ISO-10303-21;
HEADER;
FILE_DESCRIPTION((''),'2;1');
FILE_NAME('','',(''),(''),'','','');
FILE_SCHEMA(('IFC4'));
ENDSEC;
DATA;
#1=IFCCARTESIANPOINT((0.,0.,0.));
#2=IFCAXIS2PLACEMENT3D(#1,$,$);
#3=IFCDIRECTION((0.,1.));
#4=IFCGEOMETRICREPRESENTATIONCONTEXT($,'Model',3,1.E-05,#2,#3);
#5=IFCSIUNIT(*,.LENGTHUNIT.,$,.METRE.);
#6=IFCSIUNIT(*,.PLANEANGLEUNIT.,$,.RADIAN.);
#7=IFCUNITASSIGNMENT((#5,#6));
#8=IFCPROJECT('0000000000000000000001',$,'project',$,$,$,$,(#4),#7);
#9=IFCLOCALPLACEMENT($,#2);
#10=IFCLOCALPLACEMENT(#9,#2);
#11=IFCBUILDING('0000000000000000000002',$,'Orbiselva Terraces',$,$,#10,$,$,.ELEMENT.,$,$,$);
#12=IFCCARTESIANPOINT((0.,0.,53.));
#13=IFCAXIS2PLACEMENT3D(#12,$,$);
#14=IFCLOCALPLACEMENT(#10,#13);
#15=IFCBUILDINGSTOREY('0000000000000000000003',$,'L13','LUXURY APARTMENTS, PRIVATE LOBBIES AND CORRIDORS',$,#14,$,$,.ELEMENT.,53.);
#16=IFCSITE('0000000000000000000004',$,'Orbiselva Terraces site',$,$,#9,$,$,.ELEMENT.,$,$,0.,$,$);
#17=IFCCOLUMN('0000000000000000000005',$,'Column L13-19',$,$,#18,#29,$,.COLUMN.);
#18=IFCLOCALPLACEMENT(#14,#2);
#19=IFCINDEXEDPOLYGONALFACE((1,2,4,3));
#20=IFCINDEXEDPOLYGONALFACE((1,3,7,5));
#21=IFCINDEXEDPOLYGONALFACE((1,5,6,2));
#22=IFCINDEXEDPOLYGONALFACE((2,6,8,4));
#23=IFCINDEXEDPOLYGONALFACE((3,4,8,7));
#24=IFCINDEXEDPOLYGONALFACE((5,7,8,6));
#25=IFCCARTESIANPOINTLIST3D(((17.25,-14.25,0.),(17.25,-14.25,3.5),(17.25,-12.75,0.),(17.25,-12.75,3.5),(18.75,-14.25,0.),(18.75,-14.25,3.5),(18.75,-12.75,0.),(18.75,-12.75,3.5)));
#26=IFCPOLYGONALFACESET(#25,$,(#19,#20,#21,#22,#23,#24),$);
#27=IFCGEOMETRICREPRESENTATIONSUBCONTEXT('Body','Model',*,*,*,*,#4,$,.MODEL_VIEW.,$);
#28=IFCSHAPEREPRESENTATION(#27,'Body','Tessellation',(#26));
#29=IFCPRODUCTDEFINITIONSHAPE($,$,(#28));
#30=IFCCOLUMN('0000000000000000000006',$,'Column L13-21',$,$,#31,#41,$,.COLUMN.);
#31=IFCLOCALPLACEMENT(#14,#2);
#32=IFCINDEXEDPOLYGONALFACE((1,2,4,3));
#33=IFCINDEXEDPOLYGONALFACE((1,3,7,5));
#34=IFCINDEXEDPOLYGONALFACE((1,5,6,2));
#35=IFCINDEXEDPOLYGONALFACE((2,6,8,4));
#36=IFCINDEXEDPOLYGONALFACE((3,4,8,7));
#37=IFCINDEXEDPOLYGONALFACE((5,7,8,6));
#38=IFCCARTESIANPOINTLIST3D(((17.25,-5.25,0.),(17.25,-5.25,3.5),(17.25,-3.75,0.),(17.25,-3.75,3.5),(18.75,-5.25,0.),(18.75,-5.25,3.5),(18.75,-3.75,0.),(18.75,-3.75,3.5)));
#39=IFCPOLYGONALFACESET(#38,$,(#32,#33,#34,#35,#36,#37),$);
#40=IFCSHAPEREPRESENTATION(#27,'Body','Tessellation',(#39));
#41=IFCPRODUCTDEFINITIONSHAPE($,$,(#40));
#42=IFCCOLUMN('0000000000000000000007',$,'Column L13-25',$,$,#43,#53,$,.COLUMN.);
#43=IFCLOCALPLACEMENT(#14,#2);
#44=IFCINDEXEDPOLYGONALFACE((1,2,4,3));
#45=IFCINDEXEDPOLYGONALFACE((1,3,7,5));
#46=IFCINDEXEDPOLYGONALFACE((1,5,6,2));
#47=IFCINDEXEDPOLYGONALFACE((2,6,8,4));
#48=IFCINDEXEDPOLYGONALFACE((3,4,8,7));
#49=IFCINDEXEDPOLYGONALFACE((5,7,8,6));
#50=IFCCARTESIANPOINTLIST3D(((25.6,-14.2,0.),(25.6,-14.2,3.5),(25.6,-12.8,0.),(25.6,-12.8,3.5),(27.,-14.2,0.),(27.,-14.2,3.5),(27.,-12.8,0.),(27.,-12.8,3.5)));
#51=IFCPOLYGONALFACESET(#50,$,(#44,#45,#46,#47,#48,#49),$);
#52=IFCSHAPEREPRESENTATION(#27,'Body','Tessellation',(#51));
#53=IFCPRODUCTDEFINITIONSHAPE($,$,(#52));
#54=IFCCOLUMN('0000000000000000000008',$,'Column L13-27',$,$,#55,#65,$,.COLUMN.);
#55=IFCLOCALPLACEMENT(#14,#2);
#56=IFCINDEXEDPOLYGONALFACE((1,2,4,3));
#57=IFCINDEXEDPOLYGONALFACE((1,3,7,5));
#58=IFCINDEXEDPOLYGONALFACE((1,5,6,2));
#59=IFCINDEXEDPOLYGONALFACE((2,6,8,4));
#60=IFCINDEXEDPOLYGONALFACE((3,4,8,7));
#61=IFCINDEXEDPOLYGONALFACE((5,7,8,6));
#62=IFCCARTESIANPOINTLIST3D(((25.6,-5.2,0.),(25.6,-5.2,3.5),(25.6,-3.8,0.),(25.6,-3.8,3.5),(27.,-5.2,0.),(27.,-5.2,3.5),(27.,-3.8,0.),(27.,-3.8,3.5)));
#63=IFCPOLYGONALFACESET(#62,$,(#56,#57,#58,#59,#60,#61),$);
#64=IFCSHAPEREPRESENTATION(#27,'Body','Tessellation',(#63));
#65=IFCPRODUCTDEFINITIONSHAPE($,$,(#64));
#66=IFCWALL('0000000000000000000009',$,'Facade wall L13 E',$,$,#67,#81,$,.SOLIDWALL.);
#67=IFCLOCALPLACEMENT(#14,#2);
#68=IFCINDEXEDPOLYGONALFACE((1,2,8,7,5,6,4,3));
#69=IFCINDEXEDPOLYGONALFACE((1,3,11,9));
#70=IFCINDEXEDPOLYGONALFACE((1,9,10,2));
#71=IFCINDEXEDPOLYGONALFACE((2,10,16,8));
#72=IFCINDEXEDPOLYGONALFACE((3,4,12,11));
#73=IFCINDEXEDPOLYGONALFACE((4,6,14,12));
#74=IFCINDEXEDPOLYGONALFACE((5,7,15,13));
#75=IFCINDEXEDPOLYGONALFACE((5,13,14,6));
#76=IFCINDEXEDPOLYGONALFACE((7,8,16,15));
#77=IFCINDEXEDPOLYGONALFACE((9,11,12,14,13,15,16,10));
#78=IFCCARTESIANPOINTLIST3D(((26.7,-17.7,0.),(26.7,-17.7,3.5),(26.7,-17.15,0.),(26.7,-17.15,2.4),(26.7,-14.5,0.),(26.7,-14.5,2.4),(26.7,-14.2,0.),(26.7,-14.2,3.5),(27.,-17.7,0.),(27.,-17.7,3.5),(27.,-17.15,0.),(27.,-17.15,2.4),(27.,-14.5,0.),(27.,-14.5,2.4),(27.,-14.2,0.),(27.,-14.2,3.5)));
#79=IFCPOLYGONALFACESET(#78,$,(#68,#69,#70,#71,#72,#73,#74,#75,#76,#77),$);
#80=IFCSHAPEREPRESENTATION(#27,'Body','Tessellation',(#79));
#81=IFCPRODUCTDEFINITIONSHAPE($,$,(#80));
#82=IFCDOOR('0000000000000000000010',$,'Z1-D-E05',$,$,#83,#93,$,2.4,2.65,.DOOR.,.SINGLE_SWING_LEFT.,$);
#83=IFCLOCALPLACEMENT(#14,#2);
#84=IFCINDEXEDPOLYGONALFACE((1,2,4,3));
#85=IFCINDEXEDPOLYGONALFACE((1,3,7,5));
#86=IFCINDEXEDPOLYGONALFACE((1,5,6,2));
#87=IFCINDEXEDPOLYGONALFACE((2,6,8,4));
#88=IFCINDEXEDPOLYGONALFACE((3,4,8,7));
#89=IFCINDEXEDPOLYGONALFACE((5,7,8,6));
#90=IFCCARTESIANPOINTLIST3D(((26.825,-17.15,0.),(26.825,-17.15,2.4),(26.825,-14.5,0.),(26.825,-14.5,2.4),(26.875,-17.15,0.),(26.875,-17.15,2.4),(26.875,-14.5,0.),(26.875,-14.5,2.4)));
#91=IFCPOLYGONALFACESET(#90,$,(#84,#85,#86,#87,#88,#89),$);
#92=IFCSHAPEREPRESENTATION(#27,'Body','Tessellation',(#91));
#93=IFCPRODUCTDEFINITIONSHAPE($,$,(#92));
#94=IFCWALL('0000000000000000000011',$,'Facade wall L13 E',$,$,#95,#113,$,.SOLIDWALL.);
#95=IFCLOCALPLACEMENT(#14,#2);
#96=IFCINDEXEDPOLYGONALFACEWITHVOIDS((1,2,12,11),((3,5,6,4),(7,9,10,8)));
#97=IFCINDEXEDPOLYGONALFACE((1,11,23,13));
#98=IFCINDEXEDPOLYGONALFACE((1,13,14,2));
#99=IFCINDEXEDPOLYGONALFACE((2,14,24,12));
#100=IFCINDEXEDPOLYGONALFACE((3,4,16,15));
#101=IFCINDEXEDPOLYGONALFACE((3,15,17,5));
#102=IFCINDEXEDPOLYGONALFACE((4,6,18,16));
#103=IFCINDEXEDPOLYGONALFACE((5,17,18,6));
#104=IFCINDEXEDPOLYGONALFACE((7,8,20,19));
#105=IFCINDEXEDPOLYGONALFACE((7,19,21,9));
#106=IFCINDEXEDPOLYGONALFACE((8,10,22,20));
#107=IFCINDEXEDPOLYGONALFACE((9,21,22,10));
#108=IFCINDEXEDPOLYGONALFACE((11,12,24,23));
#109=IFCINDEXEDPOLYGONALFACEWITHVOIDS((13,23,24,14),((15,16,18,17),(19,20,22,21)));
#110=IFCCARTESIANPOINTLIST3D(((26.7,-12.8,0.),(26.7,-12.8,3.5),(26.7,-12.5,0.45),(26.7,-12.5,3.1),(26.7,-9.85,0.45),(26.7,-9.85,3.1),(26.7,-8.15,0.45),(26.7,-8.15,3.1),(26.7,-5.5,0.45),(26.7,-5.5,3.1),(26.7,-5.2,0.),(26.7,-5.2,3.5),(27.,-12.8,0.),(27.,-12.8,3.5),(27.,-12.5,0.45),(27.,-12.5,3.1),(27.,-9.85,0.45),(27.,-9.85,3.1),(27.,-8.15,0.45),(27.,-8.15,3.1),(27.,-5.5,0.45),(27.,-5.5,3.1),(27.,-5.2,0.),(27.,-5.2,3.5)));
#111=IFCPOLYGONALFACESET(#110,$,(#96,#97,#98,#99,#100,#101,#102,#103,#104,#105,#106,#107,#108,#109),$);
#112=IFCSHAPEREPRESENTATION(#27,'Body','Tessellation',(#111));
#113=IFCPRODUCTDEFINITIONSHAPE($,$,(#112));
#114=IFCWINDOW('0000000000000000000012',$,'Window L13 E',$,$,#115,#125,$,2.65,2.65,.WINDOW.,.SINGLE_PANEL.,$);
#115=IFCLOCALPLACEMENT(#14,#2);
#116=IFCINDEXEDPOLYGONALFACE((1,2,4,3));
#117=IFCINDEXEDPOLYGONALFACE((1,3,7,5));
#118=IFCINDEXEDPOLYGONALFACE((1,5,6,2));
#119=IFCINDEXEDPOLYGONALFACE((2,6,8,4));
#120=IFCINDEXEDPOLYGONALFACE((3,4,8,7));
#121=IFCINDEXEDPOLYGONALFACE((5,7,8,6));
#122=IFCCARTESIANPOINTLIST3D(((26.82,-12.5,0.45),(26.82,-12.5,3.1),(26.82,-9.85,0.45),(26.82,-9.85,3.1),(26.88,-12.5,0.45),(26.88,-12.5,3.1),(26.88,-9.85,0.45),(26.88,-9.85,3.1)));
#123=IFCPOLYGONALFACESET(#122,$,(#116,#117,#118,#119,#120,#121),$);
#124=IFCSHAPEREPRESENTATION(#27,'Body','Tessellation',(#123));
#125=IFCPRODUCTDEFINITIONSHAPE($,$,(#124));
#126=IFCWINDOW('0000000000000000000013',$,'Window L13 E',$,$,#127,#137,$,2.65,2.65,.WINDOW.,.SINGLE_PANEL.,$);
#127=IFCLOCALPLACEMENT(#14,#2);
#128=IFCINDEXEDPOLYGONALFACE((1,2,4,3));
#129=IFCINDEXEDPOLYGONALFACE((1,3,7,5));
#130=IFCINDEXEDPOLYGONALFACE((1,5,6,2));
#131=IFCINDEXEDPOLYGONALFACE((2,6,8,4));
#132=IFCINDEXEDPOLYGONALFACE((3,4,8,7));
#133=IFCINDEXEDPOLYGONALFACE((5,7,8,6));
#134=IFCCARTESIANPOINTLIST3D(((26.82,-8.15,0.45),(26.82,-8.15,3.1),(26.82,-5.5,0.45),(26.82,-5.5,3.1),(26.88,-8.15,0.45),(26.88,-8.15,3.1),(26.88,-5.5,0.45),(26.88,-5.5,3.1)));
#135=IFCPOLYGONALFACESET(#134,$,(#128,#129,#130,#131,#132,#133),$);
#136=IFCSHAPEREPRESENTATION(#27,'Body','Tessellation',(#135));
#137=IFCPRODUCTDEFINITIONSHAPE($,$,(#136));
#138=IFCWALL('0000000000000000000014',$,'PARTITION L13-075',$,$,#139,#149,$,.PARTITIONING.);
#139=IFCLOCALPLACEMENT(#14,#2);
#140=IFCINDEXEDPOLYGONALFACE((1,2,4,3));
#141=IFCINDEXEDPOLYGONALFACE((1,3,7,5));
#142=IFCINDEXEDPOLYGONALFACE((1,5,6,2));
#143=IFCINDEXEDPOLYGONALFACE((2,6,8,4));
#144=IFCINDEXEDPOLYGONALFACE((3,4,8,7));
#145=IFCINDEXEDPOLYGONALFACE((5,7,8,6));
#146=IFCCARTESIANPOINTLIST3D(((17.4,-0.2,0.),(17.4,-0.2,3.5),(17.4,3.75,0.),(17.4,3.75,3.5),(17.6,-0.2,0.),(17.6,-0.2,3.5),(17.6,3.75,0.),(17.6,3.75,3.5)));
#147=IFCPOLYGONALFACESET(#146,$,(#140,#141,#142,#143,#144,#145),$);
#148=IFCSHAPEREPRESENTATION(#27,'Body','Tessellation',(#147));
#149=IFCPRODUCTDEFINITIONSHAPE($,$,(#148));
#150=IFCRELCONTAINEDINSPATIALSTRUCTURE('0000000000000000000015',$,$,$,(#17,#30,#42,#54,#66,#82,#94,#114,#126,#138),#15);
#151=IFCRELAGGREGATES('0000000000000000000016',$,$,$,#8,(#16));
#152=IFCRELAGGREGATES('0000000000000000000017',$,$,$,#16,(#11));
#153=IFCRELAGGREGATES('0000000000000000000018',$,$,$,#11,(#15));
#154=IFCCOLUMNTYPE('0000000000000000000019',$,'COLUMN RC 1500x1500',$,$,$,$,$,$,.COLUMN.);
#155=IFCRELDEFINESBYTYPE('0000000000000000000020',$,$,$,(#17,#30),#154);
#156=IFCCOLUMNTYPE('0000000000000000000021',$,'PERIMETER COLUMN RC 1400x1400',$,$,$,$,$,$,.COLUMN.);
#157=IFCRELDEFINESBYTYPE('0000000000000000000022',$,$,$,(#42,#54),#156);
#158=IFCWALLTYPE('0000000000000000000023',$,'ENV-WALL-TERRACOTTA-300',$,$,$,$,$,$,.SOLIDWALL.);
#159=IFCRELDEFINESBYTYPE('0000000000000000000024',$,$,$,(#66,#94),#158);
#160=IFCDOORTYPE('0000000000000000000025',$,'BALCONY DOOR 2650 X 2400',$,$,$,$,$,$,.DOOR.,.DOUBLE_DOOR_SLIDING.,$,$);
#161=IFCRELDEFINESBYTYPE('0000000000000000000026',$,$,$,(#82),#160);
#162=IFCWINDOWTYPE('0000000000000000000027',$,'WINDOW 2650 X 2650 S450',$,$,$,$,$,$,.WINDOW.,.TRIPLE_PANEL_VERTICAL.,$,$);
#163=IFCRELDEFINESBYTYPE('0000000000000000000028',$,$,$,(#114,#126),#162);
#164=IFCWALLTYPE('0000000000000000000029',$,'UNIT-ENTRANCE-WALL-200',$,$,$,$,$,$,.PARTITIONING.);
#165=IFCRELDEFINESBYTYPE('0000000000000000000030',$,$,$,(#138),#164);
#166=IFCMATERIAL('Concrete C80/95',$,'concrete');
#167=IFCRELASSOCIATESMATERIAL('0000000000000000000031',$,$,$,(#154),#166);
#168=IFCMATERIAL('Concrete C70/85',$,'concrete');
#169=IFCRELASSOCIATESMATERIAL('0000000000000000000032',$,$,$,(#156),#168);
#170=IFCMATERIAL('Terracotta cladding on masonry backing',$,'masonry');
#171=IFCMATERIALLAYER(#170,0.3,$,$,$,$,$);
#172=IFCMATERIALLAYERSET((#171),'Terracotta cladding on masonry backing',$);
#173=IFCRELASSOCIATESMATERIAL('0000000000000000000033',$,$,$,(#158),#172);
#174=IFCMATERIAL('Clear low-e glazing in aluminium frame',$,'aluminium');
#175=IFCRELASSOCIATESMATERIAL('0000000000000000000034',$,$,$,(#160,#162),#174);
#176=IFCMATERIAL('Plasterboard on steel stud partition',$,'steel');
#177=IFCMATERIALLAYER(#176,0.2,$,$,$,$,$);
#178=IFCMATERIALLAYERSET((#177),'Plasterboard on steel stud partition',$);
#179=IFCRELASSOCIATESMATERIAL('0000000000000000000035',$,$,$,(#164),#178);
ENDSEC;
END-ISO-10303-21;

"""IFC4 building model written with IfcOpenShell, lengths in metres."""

from ifc_helpers import new_model, si_unit, direction, frame, frame_2d, origin, origin_2d, place, context, subcontext, project, spatial, rectangle, extrude, material, layer, layer_set, material_profile, profile_set, type_object, element, fill, save


model = new_model("IFC4")

# Units and contexts
model_context = context("Model", 3, precision=1e-05, world=origin(), true_north=direction((0.0, 1.0)))
body_context = subcontext(model_context, "Body", "Model", "MODEL_VIEW")
ifc_project = project(units=[si_unit("LENGTHUNIT", "METRE"), si_unit("PLANEANGLEUNIT", "RADIAN")], contexts=[model_context])

# Site, building, storey
site_placement = place(None, origin())
site = spatial("IfcSite", under=ifc_project, at=site_placement, Name="Orbiselva Terraces site", CompositionType="ELEMENT", RefElevation=0.0)
building_placement = place(site_placement, origin())
building = spatial("IfcBuilding", under=site, at=building_placement, Name="Orbiselva Terraces", CompositionType="ELEMENT")
storey_placement = place(building_placement, frame((0.0, 0.0, 53.0)))
storey = spatial("IfcBuildingStorey", under=building, at=storey_placement, Name="L13", Description="LUXURY APARTMENTS, PRIVATE LOBBIES AND CORRIDORS", CompositionType="ELEMENT", Elevation=53.0)

# Columns
ifc_material_1 = material(Name="Concrete C80/95", Category="concrete")
ifc_material_profile_1 = material_profile(ifc_material_1, rectangle(XDim=1.5, YDim=1.5, at=origin_2d()), Name="RC 1500x1500")
ifc_profile_set_1 = profile_set([ifc_material_profile_1], Name="Concrete C80/95")
column_type_1 = type_object("IfcColumnType", Name="COLUMN RC 1500x1500", PredefinedType="COLUMN", material=ifc_profile_set_1)
for number, where, z_axis, x_axis, name in (
    (1, (18.0, -13.5, 0.0), (0.0, 0.0, 1.0), (1.0, 0.0, 0.0), "Column L13-19"),
    (2, (18.0, -4.5, 0.0), (0.0, 0.0, 1.0), (1.0, 0.0, 0.0), "Column L13-21"),
):
    element("IfcColumn", number, at=place(storey_placement, frame(where, z_axis=z_axis, x_axis=x_axis)), inside=storey, type_object=column_type_1, Name=name, PredefinedType="COLUMN", context=body_context, shape_type="SweptSolid", body=[
        extrude(rectangle(XDim=1.5, YDim=1.5, at=origin_2d()), origin(), (0.0, 0.0, 1.0), 3.5),
    ])
ifc_material_2 = material(Name="Concrete C70/85", Category="concrete")
ifc_material_profile_2 = material_profile(ifc_material_2, rectangle(XDim=1.4, YDim=1.4, at=origin_2d()), Name="RC 1400x1400")
ifc_profile_set_2 = profile_set([ifc_material_profile_2], Name="Concrete C70/85")
column_type_2 = type_object("IfcColumnType", Name="PERIMETER COLUMN RC 1400x1400", PredefinedType="COLUMN", material=ifc_profile_set_2)
for number, where, z_axis, x_axis, name in (
    (3, (26.3, -13.5, 0.0), (0.0, 0.0, 1.0), (1.0, 0.0, 0.0), "Column L13-25"),
    (4, (26.3, -4.5, 0.0), (0.0, 0.0, 1.0), (1.0, 0.0, 0.0), "Column L13-27"),
):
    element("IfcColumn", number, at=place(storey_placement, frame(where, z_axis=z_axis, x_axis=x_axis)), inside=storey, type_object=column_type_2, Name=name, PredefinedType="COLUMN", context=body_context, shape_type="SweptSolid", body=[
        extrude(rectangle(XDim=1.4, YDim=1.4, at=origin_2d()), origin(), (0.0, 0.0, 1.0), 3.5),
    ])

# Wall, opening, door
ifc_material_3 = material(Name="Terracotta cladding on masonry backing", Category="masonry")
ifc_layer_1 = layer(ifc_material_3, 0.3)
ifc_layer_set_1 = layer_set([ifc_layer_1], Name="Terracotta cladding on masonry backing")
wall_type_1 = type_object("IfcWallType", Name="ENV-WALL-TERRACOTTA-300", PredefinedType="SOLIDWALL", material=ifc_layer_set_1)
wall_1_placement = place(storey_placement, frame((26.85, -14.2, 0.0), z_axis=(0.0, 0.0, 1.0), x_axis=(0.0, -1.0, 0.0)))
wall_1 = element("IfcWall", 5, at=wall_1_placement, inside=storey, type_object=wall_type_1, Name="Facade wall L13 E", PredefinedType="SOLIDWALL", context=body_context, shape_type="SweptSolid", body=[
    extrude(rectangle(XDim=3.5, YDim=0.3, at=frame_2d((1.75, 0.0))), origin(), (0.0, 0.0, 1.0), 3.5),
])
opening_1_placement = place(wall_1_placement, frame((0.3, 0.0, 0.0)))
opening_1 = element("IfcOpeningElement", 6, at=opening_1_placement, cuts=wall_1, PredefinedType="OPENING", context=body_context, shape_type="SweptSolid", body=[
    extrude(rectangle(XDim=2.65, YDim=2.4, at=frame_2d((1.325, 1.2))), frame((0.0, 0.16, 0.0), z_axis=(0.0, -1.0, 0.0), x_axis=(1.0, 0.0, 0.0)), (0.0, 0.0, 1.0), 0.32),
])
ifc_material_4 = material(Name="Clear low-e glazing in aluminium frame", Category="aluminium")
door_type_1 = type_object("IfcDoorType", Name="BALCONY DOOR 2650 X 2400", OperationType="DOUBLE_DOOR_SLIDING", PredefinedType="DOOR", material=ifc_material_4)
door_1_placement = place(opening_1_placement, origin())
door_1 = element("IfcDoor", 7, at=door_1_placement, inside=storey, type_object=door_type_1, Name="Z1-D-E05", OperationType="SINGLE_SWING_LEFT", OverallHeight=2.4, OverallWidth=2.65, PredefinedType="DOOR", context=body_context, shape_type="SweptSolid", body=[
    extrude(rectangle(XDim=2.65, YDim=2.4, at=frame_2d((1.325, 1.2))), frame((0.0, 0.025, 0.0), z_axis=(0.0, -1.0, 0.0), x_axis=(1.0, 0.0, 0.0)), (0.0, 0.0, 1.0), 0.05),
])
fill(opening_1, door_1)

# Wall, openings, windows
wall_2_placement = place(storey_placement, frame((26.85, -5.2, 0.0), z_axis=(0.0, 0.0, 1.0), x_axis=(0.0, -1.0, 0.0)))
wall_2 = element("IfcWall", 8, at=wall_2_placement, inside=storey, type_object=wall_type_1, Name="Facade wall L13 E", PredefinedType="SOLIDWALL", context=body_context, shape_type="SweptSolid", body=[
    extrude(rectangle(XDim=7.6, YDim=0.3, at=frame_2d((3.8, 0.0))), origin(), (0.0, 0.0, 1.0), 3.5),
])
opening_2_placement = place(wall_2_placement, frame((4.65, 0.0, 0.45)))
opening_2 = element("IfcOpeningElement", 9, at=opening_2_placement, cuts=wall_2, PredefinedType="OPENING", context=body_context, shape_type="SweptSolid", body=[
    extrude(rectangle(XDim=2.65, YDim=2.65, at=frame_2d((1.325, 1.325))), frame((0.0, 0.16, 0.0), z_axis=(0.0, -1.0, 0.0), x_axis=(1.0, 0.0, 0.0)), (0.0, 0.0, 1.0), 0.32),
])
opening_3_placement = place(wall_2_placement, frame((0.3, 0.0, 0.45)))
opening_3 = element("IfcOpeningElement", 10, at=opening_3_placement, cuts=wall_2, PredefinedType="OPENING", context=body_context, shape_type="SweptSolid", body=[
    extrude(rectangle(XDim=2.65, YDim=2.65, at=frame_2d((1.325, 1.325))), frame((0.0, 0.16, 0.0), z_axis=(0.0, -1.0, 0.0), x_axis=(1.0, 0.0, 0.0)), (0.0, 0.0, 1.0), 0.32),
])
window_type = type_object("IfcWindowType", Name="WINDOW 2650 X 2650 S450", PartitioningType="TRIPLE_PANEL_VERTICAL", PredefinedType="WINDOW", material=ifc_material_4)
window_1_placement = place(opening_2_placement, origin())
window_1 = element("IfcWindow", 11, at=window_1_placement, inside=storey, type_object=window_type, Name="Window L13 E", OverallHeight=2.65, OverallWidth=2.65, PartitioningType="SINGLE_PANEL", PredefinedType="WINDOW", context=body_context, shape_type="SweptSolid", body=[
    extrude(rectangle(XDim=2.65, YDim=2.65, at=frame_2d((1.325, 1.325))), frame((0.0, 0.03, 0.0), z_axis=(0.0, -1.0, 0.0), x_axis=(1.0, 0.0, 0.0)), (0.0, 0.0, 1.0), 0.06),
])
fill(opening_2, window_1)
window_2_placement = place(opening_3_placement, origin())
window_2 = element("IfcWindow", 12, at=window_2_placement, inside=storey, type_object=window_type, Name="Window L13 E", OverallHeight=2.65, OverallWidth=2.65, PartitioningType="SINGLE_PANEL", PredefinedType="WINDOW", context=body_context, shape_type="SweptSolid", body=[
    extrude(rectangle(XDim=2.65, YDim=2.65, at=frame_2d((1.325, 1.325))), frame((0.0, 0.03, 0.0), z_axis=(0.0, -1.0, 0.0), x_axis=(1.0, 0.0, 0.0)), (0.0, 0.0, 1.0), 0.06),
])
fill(opening_3, window_2)

# Wall
ifc_material_5 = material(Name="Plasterboard on steel stud partition", Category="steel")
ifc_layer_2 = layer(ifc_material_5, 0.2)
ifc_layer_set_2 = layer_set([ifc_layer_2], Name="Plasterboard on steel stud partition")
wall_type_2 = type_object("IfcWallType", Name="UNIT-ENTRANCE-WALL-200", PredefinedType="PARTITIONING", material=ifc_layer_set_2)
wall_3_placement = place(storey_placement, frame((17.5, -0.2, 0.0), z_axis=(0.0, 0.0, 1.0), x_axis=(0.0, 1.0, 0.0)))
element("IfcWall", 13, at=wall_3_placement, inside=storey, type_object=wall_type_2, Name="PARTITION L13-075", PredefinedType="PARTITIONING", context=body_context, shape_type="SweptSolid", body=[
    extrude(rectangle(XDim=3.95, YDim=0.2, at=frame_2d((1.975, 0.0))), origin(), (0.0, 0.0, 1.0), 3.5),
])

save(model, "model.ifc")
